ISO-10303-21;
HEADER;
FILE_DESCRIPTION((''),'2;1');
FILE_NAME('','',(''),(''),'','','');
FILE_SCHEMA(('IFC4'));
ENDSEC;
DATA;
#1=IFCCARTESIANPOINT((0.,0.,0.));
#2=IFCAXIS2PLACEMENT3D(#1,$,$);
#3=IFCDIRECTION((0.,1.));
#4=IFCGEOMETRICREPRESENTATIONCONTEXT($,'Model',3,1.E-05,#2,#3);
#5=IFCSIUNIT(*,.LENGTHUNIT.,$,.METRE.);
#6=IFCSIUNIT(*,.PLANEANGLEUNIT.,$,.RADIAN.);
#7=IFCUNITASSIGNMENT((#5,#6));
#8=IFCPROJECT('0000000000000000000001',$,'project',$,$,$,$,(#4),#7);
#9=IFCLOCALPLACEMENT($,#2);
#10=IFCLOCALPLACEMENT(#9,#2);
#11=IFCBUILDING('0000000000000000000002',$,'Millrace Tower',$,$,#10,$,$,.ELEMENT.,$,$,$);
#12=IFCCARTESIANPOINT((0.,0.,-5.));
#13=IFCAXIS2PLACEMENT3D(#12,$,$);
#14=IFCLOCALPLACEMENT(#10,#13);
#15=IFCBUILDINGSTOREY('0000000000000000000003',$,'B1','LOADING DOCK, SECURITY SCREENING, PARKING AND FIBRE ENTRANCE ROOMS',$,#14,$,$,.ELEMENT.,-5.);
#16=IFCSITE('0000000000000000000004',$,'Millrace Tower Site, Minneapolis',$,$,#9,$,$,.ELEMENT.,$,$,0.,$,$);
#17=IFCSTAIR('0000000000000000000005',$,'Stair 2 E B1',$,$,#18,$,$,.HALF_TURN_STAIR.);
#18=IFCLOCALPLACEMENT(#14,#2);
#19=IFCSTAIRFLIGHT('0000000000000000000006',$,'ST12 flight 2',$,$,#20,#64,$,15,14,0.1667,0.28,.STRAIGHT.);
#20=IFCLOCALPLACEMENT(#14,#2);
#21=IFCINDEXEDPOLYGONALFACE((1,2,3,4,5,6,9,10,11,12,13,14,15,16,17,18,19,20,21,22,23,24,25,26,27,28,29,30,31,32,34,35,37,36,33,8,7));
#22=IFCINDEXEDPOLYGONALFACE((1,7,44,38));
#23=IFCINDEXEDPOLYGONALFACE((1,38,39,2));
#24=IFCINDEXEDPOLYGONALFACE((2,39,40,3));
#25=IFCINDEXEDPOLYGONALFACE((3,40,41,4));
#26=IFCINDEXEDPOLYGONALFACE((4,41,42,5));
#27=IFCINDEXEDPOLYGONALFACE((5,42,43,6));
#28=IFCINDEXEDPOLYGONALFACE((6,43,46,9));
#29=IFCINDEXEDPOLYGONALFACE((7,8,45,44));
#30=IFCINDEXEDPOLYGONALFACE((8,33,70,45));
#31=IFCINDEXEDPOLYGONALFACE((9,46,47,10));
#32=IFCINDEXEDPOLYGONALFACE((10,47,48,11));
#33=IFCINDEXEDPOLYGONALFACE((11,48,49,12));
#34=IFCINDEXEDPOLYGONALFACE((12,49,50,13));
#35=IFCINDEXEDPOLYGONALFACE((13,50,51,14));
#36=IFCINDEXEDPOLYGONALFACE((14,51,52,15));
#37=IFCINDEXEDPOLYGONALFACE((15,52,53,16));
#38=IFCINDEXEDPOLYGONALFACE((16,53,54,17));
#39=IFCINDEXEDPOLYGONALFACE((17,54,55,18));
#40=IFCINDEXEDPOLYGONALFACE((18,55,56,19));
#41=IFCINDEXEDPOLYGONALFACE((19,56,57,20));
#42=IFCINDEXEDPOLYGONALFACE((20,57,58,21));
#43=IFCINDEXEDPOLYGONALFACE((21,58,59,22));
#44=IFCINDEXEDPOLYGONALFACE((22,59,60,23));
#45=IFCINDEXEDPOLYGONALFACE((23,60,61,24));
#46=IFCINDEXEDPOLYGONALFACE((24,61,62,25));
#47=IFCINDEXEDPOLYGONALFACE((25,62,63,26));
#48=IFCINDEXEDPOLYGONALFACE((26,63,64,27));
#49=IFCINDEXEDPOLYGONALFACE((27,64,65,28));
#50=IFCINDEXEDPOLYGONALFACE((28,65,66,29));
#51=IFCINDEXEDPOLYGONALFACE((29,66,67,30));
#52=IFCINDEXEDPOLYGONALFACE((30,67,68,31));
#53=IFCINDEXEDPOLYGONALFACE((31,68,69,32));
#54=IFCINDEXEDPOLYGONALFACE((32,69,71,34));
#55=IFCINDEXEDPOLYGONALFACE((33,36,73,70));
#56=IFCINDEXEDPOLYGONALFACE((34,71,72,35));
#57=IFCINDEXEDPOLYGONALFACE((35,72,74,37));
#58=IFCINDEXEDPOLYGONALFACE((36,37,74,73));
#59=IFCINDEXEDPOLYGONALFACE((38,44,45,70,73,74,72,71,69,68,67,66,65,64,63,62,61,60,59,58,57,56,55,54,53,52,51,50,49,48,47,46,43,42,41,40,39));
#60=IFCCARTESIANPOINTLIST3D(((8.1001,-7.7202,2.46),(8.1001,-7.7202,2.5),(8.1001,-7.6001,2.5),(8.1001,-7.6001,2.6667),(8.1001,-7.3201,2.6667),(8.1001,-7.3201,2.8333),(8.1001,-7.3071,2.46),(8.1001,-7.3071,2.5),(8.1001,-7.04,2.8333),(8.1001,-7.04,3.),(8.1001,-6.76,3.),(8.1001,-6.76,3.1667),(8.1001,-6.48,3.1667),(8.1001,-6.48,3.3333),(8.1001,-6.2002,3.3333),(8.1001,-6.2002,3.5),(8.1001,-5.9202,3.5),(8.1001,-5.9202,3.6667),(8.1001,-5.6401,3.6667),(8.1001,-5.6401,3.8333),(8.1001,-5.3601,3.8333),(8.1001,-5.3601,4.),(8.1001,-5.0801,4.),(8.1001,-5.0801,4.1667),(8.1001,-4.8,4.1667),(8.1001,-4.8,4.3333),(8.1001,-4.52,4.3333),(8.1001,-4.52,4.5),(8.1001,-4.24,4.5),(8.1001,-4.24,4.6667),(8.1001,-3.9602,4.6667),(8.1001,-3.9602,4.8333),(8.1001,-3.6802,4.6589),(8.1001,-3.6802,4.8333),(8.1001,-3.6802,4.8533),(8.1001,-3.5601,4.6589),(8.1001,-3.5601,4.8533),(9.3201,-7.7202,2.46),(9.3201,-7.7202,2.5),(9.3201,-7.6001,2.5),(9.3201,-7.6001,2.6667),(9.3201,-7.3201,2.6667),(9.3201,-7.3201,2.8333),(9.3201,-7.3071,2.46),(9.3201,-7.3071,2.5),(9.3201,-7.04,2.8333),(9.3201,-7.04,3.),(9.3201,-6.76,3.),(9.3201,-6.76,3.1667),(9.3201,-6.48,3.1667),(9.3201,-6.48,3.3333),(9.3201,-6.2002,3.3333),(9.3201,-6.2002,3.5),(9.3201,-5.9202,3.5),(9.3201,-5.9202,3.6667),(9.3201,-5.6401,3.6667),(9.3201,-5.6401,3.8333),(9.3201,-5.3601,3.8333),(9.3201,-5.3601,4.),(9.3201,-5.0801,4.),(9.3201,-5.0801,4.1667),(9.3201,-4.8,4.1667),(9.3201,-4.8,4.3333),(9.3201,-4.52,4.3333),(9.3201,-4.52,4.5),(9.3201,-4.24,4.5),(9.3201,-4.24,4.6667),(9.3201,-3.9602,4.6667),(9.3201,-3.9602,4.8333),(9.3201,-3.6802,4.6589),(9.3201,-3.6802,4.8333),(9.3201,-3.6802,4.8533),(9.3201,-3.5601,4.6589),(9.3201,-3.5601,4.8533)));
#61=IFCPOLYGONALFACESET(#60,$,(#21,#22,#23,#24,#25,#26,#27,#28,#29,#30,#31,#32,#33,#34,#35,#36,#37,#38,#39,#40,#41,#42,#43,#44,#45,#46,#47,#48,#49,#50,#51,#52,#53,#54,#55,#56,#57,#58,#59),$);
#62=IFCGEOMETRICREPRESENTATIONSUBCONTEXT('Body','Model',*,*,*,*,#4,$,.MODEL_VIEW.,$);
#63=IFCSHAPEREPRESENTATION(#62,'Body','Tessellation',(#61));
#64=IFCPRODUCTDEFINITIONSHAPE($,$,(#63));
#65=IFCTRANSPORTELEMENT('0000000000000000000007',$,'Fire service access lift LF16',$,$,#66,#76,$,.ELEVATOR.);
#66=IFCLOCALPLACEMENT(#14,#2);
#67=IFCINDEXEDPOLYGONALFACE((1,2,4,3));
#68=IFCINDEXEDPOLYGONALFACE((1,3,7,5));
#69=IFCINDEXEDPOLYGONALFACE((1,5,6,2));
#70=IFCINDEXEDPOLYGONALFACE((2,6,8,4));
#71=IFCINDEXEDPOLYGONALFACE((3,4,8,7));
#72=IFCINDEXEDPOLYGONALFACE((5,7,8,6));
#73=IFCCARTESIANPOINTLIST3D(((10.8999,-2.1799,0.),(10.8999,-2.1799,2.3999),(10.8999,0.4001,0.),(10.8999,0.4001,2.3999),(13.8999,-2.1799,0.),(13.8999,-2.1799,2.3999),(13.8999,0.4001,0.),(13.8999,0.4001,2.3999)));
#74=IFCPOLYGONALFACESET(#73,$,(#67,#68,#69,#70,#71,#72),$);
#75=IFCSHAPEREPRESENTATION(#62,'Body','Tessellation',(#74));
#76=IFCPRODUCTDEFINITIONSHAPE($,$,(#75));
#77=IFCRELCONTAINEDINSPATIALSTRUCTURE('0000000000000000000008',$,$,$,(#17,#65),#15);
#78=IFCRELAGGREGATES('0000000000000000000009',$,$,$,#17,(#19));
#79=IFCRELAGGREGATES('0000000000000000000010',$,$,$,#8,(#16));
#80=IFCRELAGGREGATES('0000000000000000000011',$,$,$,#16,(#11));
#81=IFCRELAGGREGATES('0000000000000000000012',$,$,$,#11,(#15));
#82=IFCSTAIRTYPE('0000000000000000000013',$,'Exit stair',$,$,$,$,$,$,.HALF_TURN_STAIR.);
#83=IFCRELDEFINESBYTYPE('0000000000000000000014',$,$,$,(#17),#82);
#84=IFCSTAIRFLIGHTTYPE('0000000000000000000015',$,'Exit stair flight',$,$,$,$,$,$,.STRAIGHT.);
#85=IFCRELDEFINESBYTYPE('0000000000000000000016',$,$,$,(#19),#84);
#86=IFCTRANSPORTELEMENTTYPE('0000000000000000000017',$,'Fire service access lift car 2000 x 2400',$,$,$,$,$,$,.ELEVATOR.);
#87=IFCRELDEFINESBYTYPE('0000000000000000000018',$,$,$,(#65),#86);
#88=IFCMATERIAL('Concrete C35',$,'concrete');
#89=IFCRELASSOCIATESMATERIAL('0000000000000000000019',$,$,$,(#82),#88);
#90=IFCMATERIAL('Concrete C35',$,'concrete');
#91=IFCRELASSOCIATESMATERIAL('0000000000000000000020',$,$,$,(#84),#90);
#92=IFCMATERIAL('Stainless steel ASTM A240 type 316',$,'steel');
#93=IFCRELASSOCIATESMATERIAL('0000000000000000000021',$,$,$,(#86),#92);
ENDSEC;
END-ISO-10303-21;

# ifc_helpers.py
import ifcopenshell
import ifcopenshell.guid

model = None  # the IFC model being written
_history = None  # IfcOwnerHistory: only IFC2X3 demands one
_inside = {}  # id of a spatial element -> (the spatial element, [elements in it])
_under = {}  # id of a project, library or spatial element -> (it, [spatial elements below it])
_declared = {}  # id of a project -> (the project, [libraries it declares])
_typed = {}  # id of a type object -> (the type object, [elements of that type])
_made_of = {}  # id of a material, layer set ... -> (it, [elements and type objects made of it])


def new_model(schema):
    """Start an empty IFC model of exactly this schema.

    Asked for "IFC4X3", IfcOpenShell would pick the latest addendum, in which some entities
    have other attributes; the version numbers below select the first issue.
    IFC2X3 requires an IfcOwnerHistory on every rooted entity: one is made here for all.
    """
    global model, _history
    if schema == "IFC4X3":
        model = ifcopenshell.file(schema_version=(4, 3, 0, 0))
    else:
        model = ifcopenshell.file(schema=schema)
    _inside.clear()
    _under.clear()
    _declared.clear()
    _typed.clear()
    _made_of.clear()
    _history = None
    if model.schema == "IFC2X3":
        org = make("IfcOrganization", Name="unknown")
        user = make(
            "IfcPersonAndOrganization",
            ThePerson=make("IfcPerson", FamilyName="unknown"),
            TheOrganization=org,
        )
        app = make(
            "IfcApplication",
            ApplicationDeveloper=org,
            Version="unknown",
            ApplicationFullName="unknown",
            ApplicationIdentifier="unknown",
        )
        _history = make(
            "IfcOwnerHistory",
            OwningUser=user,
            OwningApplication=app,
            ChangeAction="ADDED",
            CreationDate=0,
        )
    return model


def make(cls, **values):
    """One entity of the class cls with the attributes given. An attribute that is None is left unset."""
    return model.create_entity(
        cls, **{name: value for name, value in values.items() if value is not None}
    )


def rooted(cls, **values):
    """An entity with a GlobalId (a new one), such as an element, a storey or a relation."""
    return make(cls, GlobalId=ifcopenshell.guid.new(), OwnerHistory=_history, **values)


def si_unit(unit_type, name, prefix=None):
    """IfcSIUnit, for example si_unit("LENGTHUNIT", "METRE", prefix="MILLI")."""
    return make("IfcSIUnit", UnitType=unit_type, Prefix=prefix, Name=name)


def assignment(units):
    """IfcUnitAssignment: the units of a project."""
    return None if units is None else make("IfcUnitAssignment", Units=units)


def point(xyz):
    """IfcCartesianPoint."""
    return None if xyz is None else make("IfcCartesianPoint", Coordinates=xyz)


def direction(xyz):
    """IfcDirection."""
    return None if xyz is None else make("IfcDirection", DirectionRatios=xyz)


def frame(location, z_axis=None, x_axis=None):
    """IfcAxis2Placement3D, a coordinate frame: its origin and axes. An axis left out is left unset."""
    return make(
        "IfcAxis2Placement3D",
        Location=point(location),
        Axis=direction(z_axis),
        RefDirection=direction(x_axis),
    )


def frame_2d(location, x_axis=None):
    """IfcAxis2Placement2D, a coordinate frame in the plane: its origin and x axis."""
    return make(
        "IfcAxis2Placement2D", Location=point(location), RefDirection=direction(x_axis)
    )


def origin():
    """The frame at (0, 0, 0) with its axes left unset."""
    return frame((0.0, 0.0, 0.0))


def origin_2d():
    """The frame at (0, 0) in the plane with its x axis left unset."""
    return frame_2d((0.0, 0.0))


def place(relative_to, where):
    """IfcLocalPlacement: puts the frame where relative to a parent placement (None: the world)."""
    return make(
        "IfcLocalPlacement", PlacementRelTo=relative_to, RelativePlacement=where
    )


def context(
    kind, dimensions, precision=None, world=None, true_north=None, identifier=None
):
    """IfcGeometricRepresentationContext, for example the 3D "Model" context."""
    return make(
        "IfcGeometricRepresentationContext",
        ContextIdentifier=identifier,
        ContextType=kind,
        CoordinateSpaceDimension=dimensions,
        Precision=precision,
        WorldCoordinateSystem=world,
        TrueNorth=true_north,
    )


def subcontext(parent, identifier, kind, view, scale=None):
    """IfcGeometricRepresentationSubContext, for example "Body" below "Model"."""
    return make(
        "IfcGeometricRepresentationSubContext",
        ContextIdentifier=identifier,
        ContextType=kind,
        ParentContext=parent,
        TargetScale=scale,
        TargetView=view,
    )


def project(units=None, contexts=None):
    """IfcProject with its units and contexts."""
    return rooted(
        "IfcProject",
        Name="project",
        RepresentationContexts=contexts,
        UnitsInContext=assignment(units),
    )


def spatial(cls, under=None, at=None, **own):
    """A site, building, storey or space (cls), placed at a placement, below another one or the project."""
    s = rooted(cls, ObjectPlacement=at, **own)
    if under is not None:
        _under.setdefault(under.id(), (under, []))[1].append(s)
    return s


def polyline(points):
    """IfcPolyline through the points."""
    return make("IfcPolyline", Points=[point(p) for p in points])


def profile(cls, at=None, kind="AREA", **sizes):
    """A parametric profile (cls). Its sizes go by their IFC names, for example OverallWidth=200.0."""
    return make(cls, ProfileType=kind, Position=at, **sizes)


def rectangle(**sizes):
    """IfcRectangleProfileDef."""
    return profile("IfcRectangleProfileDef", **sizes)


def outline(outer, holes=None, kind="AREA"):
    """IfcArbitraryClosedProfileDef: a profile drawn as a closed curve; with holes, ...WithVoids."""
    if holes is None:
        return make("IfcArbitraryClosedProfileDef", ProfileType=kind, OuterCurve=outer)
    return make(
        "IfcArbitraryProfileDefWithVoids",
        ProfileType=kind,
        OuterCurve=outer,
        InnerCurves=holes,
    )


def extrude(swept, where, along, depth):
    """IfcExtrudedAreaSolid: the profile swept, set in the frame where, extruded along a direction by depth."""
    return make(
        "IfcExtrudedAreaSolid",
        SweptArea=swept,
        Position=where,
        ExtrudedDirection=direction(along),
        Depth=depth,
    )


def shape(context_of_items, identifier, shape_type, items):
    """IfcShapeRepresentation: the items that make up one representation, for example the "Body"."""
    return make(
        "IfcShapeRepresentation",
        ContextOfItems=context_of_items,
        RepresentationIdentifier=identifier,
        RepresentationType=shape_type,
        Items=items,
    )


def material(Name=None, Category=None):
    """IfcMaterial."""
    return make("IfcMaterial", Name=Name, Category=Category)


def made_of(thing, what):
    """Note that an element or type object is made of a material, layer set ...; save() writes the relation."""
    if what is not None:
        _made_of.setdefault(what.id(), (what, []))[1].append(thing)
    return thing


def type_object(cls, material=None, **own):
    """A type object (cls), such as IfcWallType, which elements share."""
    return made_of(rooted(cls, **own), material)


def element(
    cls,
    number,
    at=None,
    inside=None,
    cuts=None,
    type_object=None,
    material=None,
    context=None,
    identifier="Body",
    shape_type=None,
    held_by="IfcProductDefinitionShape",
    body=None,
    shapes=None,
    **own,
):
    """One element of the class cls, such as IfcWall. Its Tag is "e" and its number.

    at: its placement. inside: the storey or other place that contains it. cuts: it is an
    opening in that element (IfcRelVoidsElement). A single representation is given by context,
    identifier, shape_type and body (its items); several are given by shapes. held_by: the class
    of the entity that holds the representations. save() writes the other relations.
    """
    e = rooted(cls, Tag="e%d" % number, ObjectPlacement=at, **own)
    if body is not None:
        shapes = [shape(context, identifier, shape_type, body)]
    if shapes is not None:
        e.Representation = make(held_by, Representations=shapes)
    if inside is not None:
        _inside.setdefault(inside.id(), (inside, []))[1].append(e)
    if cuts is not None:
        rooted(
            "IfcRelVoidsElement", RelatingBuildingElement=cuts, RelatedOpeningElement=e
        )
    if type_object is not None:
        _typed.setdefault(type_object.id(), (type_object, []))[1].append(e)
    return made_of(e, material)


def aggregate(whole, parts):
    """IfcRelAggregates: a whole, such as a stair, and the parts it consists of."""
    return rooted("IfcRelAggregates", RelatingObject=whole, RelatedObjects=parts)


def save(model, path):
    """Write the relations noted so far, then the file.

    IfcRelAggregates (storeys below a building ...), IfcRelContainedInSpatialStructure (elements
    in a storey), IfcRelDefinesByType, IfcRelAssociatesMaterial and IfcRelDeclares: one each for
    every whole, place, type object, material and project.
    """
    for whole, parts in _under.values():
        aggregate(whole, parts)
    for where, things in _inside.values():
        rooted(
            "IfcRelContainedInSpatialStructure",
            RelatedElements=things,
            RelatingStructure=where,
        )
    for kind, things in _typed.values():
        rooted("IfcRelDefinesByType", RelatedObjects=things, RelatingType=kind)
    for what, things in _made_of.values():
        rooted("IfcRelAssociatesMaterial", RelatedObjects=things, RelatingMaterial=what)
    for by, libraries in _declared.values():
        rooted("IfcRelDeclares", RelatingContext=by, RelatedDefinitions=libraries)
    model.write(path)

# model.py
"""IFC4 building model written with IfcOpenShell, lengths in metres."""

from ifc_helpers import new_model, si_unit, direction, frame, origin, origin_2d, place, context, subcontext, project, spatial, polyline, rectangle, outline, extrude, material, type_object, element, aggregate, save


model = new_model("IFC4")

# Units and contexts
model_context = context("Model", 3, precision=1e-05, world=origin(), true_north=direction((0.0, 1.0)))
body_context = subcontext(model_context, "Body", "Model", "MODEL_VIEW")
ifc_project = project(units=[si_unit("LENGTHUNIT", "METRE"), si_unit("PLANEANGLEUNIT", "RADIAN")], contexts=[model_context])

# Site, building, storey
site_placement = place(None, origin())
site = spatial("IfcSite", under=ifc_project, at=site_placement, Name="Millrace Tower Site, Minneapolis", CompositionType="ELEMENT", RefElevation=0.0)
building_placement = place(site_placement, origin())
building = spatial("IfcBuilding", under=site, at=building_placement, Name="Millrace Tower", CompositionType="ELEMENT")
storey_placement = place(building_placement, frame((0.0, 0.0, -5.0)))
storey = spatial("IfcBuildingStorey", under=building, at=storey_placement, Name="B1", Description="LOADING DOCK, SECURITY SCREENING, PARKING AND FIBRE ENTRANCE ROOMS", CompositionType="ELEMENT", Elevation=-5.0)

# Stair
ifc_material_1 = material(Name="Concrete C35", Category="concrete")
stair_type = type_object("IfcStairType", Name="Exit stair", PredefinedType="HALF_TURN_STAIR", material=ifc_material_1)
placement_1 = place(storey_placement, origin())
stair_1 = element("IfcStair", 1, at=placement_1, inside=storey, type_object=stair_type, Name="Stair 2 E B1", PredefinedType="HALF_TURN_STAIR")

# Stair flight
ifc_material_2 = material(Name="Concrete C35", Category="concrete")
stair_flight_type = type_object("IfcStairFlightType", Name="Exit stair flight", PredefinedType="STRAIGHT", material=ifc_material_2)
stair_flight_1_placement = place(storey_placement, frame((8.71, -7.6001, 2.5), z_axis=(0.0, 0.0, 1.0), x_axis=(0.0, 1.0, 0.0)))
stair_flight_1 = element("IfcStairFlight", 2, at=stair_flight_1_placement, type_object=stair_flight_type, Name="ST12 flight 2", NumberOfRisers=15, NumberOfTreads=14, PredefinedType="STRAIGHT", RiserHeight=0.1667, TreadLength=0.28, context=body_context, shape_type="SweptSolid", body=[
    extrude(outline(polyline([(-0.1201, -0.04), (-0.1201, 0.0), (0.0, 0.0), (0.0, 0.1667), (0.28, 0.1667), (0.28, 0.3333), (0.5601, 0.3333), (0.5601, 0.5), (0.8401, 0.5), (0.8401, 0.6667), (1.1201, 0.6667), (1.1201, 0.8333), (1.3999, 0.8333), (1.3999, 1.0), (1.6799, 1.0), (1.6799, 1.1667), (1.96, 1.1667), (1.96, 1.3333), (2.24, 1.3333), (2.24, 1.5), (2.52, 1.5), (2.52, 1.6667), (2.8, 1.6667), (2.8, 1.8333), (3.0801, 1.8333), (3.0801, 2.0), (3.3601, 2.0), (3.3601, 2.1667), (3.6399, 2.1667), (3.6399, 2.3333), (3.9199, 2.3333), (3.9199, 2.3533), (4.04, 2.3533), (4.04, 2.1589), (3.9199, 2.1589), (0.293, 0.0), (0.293, -0.04), (-0.1201, -0.04)])), frame((0.0, 0.6099, 0.0), z_axis=(0.0, -1.0, 0.0), x_axis=(1.0, 0.0, 0.0)), (0.0, 0.0, 1.0), 1.22),
])
aggregate(stair_1, [stair_flight_1])

# Transport element
ifc_material_3 = material(Name="Stainless steel ASTM A240 type 316", Category="steel")
transport_element_type = type_object("IfcTransportElementType", Name="Fire service access lift car 2000 x 2400", PredefinedType="ELEVATOR", material=ifc_material_3)
transport_element_placement = place(storey_placement, frame((12.3999, -0.8899, 0.0), z_axis=(0.0, 0.0, 1.0), x_axis=(1.0, 0.0, 0.0)))
element("IfcTransportElement", 3, at=transport_element_placement, inside=storey, type_object=transport_element_type, Name="Fire service access lift LF16", PredefinedType="ELEVATOR", context=body_context, shape_type="SweptSolid", body=[
    extrude(rectangle(XDim=3.0, YDim=2.5801, at=origin_2d()), origin(), (0.0, 0.0, 1.0), 2.3999),
])

save(model, "model.ifc")
